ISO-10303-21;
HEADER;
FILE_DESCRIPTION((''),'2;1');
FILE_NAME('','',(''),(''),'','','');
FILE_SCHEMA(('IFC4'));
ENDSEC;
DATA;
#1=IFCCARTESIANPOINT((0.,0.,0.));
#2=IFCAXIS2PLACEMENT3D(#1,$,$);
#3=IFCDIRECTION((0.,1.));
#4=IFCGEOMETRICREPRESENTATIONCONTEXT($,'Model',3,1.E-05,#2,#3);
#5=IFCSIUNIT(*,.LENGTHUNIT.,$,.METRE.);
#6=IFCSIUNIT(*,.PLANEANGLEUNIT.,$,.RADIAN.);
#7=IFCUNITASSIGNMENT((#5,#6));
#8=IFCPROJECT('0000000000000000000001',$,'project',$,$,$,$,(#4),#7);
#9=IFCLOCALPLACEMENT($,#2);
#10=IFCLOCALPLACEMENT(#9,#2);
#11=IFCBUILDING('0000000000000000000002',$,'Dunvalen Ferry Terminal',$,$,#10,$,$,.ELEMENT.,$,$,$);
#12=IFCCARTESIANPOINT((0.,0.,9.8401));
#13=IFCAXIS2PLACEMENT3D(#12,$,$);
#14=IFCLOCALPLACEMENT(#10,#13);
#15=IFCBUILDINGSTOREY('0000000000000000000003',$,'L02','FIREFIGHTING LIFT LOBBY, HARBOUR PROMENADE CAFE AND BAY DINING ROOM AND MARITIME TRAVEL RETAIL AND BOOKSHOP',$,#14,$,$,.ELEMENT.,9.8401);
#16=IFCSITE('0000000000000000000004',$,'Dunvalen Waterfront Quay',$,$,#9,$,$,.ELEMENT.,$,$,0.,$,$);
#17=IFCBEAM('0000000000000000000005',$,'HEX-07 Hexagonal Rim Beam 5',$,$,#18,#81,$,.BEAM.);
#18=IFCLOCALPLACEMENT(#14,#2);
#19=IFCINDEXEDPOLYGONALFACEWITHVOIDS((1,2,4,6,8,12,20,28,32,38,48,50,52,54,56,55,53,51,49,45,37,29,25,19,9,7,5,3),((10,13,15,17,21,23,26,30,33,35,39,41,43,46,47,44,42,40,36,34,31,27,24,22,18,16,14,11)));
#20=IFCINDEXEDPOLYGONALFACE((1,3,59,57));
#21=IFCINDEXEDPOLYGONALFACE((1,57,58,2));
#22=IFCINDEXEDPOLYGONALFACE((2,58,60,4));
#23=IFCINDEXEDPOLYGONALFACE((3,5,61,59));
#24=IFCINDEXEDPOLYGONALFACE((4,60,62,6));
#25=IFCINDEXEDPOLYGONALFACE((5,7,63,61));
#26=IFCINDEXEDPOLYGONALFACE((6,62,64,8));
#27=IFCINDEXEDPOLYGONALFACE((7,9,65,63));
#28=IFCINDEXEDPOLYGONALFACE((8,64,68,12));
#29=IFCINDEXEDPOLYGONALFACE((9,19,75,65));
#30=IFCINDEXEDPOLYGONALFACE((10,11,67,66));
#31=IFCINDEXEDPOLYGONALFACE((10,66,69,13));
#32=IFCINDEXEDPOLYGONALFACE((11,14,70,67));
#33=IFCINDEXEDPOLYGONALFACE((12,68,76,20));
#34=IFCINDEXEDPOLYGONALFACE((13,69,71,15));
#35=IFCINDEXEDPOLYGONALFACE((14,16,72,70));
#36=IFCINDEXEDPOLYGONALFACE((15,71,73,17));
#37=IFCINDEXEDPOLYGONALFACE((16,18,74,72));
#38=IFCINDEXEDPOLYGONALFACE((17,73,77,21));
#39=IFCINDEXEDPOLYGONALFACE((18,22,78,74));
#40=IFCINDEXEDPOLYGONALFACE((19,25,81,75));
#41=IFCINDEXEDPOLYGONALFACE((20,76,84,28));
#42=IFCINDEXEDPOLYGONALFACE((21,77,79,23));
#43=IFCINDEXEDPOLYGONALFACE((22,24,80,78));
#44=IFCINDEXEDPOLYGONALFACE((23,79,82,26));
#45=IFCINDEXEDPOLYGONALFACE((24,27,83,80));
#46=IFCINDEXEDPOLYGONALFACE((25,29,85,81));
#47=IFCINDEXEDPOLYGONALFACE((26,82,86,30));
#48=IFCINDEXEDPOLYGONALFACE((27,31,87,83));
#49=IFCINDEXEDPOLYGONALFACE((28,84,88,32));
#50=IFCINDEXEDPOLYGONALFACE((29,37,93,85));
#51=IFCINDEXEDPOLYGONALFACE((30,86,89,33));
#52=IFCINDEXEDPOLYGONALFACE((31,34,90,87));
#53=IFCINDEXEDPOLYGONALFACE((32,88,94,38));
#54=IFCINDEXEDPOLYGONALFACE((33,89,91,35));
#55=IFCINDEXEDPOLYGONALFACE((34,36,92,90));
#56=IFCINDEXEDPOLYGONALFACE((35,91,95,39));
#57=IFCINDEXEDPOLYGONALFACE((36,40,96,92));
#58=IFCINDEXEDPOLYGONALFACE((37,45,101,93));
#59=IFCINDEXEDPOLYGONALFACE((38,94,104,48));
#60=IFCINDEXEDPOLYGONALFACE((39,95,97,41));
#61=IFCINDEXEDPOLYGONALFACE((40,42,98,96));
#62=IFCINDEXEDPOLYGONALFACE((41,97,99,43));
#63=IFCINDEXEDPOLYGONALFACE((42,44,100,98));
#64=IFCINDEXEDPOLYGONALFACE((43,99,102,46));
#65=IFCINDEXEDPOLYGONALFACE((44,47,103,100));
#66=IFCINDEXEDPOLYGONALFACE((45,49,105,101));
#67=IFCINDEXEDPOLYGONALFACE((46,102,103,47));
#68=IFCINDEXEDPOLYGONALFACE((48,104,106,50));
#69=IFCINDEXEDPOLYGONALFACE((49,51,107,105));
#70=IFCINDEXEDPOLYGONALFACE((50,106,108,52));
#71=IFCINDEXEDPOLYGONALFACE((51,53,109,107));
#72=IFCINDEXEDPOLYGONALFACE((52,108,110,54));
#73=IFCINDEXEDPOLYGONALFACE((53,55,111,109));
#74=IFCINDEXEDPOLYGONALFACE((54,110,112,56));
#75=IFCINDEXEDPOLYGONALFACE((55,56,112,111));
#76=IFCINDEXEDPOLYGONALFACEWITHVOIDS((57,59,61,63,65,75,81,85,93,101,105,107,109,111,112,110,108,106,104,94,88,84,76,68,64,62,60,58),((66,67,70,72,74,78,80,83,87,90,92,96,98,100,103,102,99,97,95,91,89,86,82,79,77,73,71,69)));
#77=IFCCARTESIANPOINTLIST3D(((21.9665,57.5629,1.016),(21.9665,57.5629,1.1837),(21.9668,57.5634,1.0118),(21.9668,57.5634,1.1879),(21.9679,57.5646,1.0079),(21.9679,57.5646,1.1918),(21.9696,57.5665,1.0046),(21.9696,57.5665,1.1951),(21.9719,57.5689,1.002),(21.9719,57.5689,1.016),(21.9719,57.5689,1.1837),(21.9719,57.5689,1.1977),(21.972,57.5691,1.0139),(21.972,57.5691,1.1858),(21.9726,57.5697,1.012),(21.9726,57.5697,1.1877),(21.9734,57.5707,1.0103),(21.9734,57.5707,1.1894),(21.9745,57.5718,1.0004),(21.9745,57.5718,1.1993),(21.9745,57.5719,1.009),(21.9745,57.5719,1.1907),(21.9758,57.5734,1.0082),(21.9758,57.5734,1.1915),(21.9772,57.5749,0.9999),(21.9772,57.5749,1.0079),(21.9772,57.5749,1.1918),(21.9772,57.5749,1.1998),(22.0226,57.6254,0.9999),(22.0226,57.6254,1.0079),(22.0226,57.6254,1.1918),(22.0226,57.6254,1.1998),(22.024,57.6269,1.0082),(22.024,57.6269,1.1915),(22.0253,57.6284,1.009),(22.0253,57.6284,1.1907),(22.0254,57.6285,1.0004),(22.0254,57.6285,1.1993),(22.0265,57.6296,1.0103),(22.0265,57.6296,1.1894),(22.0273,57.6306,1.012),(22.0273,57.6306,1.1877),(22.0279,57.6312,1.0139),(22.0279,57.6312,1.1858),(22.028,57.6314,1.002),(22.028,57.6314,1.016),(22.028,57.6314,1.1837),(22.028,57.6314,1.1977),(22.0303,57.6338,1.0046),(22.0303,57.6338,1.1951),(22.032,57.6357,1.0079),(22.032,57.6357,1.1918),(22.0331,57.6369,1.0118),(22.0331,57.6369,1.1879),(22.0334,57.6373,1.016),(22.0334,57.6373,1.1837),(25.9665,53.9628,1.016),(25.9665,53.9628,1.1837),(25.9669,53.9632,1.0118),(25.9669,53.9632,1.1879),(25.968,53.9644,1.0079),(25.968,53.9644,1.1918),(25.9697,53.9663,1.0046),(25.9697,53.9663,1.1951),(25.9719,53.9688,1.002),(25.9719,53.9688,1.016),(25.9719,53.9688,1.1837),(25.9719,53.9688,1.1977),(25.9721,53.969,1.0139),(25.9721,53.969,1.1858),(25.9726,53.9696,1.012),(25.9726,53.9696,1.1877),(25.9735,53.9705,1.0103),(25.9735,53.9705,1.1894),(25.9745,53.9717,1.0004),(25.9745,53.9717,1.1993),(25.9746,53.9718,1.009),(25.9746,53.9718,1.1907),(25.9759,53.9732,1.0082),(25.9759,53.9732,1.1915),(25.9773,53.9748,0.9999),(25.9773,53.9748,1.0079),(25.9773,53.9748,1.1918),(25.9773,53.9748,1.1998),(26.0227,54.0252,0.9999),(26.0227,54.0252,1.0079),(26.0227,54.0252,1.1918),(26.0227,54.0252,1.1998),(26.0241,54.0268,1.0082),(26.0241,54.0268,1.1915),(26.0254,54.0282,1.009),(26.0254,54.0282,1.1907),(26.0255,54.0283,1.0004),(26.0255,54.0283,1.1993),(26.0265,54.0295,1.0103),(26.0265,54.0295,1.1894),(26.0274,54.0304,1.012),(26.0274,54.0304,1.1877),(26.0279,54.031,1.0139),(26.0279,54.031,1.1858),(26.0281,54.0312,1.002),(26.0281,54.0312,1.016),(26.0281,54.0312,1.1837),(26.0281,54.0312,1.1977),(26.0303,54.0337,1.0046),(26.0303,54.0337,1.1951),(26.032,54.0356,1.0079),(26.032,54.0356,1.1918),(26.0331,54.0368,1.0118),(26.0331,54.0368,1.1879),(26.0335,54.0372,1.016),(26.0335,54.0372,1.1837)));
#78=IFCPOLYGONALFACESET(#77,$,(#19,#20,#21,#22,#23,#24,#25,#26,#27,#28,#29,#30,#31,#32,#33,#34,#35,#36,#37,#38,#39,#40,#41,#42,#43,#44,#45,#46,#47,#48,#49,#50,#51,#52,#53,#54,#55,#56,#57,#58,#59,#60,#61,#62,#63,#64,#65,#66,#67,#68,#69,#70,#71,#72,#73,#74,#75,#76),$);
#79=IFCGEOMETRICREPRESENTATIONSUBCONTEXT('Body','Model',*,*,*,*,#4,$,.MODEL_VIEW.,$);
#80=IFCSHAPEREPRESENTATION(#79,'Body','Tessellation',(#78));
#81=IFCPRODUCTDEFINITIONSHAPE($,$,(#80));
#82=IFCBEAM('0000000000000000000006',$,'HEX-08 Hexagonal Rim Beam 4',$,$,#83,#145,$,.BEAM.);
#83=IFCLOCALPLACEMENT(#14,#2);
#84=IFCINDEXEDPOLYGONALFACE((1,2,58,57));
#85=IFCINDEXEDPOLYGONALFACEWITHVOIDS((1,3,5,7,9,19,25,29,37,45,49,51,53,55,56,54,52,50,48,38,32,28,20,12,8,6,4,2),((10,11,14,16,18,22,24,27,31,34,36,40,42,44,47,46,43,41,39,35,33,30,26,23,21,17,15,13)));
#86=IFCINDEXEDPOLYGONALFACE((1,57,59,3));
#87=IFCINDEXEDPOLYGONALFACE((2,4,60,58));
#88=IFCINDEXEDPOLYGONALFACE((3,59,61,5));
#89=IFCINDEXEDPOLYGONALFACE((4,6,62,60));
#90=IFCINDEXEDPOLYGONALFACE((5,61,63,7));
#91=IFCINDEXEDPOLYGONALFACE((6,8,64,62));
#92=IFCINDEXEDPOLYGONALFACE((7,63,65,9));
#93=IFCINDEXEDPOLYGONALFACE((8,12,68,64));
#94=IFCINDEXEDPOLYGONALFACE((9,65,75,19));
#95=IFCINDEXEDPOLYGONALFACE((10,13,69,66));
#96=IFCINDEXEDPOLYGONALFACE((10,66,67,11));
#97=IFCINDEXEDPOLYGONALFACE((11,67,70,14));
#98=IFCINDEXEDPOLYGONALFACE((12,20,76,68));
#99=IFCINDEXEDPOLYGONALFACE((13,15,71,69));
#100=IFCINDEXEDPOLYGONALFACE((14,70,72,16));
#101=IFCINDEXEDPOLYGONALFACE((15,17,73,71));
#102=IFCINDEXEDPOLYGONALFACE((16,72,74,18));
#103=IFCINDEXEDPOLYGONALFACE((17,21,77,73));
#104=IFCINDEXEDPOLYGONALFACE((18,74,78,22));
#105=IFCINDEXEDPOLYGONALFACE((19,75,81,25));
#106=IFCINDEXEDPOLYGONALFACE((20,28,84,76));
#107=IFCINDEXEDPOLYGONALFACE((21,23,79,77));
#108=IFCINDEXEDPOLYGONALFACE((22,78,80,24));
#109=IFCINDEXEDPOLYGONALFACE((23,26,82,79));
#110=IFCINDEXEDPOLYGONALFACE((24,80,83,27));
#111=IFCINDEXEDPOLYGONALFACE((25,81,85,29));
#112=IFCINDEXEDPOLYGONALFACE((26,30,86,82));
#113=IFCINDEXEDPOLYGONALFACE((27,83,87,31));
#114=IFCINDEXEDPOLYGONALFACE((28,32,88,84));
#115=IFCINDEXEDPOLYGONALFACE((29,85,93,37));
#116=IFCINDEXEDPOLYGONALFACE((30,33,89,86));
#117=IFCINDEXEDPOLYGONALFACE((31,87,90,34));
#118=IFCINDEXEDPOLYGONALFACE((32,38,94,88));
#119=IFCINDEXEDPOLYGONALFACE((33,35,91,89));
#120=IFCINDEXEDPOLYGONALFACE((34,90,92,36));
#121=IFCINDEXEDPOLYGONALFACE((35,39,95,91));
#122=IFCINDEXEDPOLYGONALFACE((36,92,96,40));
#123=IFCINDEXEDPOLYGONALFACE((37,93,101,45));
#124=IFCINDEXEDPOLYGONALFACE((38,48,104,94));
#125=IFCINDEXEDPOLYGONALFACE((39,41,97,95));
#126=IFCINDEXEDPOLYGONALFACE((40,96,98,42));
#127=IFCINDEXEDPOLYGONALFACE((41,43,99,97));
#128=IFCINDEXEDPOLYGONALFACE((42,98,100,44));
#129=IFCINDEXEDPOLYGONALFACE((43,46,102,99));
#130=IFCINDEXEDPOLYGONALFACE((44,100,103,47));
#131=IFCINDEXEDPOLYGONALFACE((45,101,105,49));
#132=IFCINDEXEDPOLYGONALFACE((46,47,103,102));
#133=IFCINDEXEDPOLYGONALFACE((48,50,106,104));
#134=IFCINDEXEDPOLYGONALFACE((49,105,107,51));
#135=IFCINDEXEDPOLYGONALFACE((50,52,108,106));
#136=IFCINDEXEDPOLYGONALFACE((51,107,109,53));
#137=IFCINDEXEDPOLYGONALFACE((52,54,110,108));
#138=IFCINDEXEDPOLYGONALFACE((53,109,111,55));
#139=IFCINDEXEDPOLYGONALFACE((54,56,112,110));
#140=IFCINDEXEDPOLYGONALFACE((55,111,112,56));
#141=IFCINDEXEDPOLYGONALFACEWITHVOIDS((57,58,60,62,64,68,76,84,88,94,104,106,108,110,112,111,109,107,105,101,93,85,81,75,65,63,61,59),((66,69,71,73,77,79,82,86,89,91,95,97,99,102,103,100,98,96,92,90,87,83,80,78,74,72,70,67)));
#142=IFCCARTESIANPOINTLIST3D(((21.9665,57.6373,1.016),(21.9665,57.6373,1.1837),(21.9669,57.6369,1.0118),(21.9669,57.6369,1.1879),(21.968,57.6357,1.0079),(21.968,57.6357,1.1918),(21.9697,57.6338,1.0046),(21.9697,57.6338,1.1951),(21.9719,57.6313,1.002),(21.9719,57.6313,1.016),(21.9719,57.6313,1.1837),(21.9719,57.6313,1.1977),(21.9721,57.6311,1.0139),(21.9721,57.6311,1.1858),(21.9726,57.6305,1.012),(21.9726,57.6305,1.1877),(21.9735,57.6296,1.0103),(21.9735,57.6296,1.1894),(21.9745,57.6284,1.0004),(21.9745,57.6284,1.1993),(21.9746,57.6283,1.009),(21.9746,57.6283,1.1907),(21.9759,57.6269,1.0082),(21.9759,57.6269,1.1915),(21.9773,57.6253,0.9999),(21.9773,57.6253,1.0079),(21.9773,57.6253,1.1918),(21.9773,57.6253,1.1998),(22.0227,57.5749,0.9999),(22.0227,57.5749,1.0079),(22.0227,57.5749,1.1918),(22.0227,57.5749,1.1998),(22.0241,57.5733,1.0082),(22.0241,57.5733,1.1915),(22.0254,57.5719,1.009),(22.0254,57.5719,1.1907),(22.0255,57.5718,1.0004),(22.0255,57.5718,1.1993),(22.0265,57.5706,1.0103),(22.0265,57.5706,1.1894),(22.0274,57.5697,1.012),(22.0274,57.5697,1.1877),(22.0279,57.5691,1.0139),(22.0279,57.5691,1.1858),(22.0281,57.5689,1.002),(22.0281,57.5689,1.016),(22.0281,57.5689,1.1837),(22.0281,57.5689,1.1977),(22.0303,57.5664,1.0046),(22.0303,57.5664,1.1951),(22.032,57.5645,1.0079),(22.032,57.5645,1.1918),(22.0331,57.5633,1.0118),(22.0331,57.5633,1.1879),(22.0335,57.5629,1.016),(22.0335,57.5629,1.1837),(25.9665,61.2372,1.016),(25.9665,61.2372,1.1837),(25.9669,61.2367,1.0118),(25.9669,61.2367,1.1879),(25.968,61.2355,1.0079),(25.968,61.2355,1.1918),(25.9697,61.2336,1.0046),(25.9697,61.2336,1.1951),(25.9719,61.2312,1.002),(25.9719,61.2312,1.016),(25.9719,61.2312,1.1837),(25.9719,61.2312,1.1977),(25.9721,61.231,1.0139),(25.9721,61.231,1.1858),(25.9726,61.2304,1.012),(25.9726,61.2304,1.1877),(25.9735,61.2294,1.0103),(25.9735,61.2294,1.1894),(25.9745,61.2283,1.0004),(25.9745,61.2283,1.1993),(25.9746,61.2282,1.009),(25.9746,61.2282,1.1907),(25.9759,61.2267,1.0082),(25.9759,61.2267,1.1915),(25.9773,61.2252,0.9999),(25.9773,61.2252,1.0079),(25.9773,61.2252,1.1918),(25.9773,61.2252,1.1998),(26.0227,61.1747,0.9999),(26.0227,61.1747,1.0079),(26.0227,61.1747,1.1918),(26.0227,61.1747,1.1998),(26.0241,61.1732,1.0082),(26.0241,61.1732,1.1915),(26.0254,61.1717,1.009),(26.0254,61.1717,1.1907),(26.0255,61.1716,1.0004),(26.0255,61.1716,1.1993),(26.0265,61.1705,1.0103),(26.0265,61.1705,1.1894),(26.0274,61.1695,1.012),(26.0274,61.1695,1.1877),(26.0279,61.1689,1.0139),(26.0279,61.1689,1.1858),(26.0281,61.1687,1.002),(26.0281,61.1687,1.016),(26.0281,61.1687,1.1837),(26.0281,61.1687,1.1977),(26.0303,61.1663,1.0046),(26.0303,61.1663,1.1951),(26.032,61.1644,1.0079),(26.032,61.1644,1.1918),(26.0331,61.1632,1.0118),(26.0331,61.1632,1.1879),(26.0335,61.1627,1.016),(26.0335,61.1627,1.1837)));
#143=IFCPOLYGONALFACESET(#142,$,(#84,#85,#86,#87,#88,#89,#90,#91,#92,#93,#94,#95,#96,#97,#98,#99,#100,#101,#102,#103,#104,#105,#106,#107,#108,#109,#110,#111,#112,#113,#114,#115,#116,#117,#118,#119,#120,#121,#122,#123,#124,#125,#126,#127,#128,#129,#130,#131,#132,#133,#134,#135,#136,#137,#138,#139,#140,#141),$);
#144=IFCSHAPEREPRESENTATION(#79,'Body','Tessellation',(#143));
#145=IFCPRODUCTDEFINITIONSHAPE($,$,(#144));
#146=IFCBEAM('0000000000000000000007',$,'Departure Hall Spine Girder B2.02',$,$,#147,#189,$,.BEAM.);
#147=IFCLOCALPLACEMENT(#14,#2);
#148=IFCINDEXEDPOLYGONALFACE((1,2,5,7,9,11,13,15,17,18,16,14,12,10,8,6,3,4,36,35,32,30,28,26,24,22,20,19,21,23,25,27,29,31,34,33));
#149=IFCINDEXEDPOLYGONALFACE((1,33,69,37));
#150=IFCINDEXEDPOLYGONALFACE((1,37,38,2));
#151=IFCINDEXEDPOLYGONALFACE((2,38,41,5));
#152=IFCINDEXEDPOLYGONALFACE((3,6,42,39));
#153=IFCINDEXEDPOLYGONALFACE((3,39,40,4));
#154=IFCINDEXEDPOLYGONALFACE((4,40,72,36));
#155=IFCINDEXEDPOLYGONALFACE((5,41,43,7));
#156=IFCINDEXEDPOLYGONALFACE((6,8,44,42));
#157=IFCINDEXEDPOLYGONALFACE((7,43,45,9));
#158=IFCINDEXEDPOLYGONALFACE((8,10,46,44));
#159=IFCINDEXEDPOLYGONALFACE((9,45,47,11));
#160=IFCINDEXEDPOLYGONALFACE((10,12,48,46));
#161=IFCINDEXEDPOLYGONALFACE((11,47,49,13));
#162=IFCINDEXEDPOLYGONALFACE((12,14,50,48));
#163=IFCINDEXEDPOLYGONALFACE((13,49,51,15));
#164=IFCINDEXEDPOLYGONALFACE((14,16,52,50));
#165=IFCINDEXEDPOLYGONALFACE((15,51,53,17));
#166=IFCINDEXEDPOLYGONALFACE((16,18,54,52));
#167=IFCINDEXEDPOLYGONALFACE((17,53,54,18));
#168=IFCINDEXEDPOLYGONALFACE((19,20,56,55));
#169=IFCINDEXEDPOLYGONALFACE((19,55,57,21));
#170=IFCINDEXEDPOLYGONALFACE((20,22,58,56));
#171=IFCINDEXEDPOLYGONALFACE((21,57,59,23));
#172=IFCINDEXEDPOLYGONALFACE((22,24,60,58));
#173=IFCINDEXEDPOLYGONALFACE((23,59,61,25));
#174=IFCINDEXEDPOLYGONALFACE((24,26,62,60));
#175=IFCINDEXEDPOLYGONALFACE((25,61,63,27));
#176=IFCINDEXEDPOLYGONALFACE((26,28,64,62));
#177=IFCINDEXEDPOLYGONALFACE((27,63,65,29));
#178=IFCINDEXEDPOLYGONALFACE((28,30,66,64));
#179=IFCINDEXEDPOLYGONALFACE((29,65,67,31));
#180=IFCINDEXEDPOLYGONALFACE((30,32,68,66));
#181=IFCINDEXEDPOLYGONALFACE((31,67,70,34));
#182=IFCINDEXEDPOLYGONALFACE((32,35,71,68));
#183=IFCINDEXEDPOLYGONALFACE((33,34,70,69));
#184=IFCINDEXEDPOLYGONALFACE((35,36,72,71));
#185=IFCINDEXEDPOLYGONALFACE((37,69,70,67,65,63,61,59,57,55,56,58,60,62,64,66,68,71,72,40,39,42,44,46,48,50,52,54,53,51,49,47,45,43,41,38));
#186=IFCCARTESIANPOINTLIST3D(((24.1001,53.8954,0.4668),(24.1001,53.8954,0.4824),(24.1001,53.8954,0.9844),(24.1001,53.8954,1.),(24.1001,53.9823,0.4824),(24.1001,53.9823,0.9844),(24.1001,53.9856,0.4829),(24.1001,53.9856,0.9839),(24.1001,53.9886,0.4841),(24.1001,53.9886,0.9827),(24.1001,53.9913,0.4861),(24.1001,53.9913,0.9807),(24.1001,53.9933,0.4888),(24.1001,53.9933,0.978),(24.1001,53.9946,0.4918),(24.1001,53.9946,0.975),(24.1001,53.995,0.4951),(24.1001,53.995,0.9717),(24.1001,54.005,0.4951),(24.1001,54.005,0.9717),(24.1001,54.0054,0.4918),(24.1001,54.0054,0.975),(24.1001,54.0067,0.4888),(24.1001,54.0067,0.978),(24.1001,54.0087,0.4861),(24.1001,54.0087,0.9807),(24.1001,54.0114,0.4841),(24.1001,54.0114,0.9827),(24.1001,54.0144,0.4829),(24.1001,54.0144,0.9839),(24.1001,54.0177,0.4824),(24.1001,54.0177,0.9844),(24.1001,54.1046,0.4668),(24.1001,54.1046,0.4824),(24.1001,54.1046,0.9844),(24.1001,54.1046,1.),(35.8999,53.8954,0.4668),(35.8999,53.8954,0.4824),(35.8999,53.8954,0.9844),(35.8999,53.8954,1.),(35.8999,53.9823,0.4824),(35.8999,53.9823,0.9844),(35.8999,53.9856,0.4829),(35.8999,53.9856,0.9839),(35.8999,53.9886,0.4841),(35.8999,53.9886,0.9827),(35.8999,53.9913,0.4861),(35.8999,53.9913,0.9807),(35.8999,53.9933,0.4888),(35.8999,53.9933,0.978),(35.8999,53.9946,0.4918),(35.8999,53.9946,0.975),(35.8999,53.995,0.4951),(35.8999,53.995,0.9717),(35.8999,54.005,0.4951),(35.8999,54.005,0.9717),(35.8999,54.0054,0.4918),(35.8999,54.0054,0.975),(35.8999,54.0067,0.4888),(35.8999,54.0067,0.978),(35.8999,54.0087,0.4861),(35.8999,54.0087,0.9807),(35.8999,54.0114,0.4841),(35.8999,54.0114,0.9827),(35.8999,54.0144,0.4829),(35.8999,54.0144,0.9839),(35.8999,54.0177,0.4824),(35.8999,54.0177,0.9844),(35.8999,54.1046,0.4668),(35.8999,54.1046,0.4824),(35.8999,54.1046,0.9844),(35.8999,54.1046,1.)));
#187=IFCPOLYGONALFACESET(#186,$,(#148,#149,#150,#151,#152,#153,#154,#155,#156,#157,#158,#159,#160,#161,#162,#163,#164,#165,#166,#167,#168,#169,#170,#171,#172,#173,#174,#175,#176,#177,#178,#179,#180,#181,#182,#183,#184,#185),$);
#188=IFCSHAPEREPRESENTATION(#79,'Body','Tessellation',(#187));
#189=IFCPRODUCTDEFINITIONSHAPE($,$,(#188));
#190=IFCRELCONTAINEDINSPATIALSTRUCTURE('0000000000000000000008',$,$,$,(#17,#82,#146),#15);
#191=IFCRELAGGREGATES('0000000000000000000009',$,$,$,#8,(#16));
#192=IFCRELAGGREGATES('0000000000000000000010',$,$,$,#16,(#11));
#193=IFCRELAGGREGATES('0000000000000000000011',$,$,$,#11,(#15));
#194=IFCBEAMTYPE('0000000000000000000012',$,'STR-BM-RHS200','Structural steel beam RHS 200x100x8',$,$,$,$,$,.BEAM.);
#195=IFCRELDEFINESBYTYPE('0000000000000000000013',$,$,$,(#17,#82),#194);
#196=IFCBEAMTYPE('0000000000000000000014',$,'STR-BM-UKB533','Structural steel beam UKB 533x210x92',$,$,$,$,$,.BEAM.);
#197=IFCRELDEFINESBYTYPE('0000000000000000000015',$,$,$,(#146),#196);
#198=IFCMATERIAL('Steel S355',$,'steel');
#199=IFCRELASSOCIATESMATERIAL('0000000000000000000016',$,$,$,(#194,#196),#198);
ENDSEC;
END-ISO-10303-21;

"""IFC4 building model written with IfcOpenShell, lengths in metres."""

from ifc_helpers import new_model, si_unit, direction, frame, origin, origin_2d, place, context, subcontext, project, spatial, hollow_rectangle, i_section, extrude, material, material_profile, profile_set, type_object, element, save


model = new_model("IFC4")

# Units and contexts
model_context = context("Model", 3, precision=1e-05, world=origin(), true_north=direction((0.0, 1.0)))
body_context = subcontext(model_context, "Body", "Model", "MODEL_VIEW")
ifc_project = project(units=[si_unit("LENGTHUNIT", "METRE"), si_unit("PLANEANGLEUNIT", "RADIAN")], contexts=[model_context])

# Site, building, storey
site_placement = place(None, origin())
site = spatial("IfcSite", under=ifc_project, at=site_placement, Name="Dunvalen Waterfront Quay", CompositionType="ELEMENT", RefElevation=0.0)
building_placement = place(site_placement, origin())
building = spatial("IfcBuilding", under=site, at=building_placement, Name="Dunvalen Ferry Terminal", CompositionType="ELEMENT")
storey_placement = place(building_placement, frame((0.0, 0.0, 9.8401)))
storey = spatial("IfcBuildingStorey", under=building, at=storey_placement, Name="L02", Description="FIREFIGHTING LIFT LOBBY, HARBOUR PROMENADE CAFE AND BAY DINING ROOM AND MARITIME TRAVEL RETAIL AND BOOKSHOP", CompositionType="ELEMENT", Elevation=9.8401)

# Beams
ifc_material_1 = material(Name="Steel S355", Category="steel")
ifc_material_profile_1 = material_profile(ifc_material_1, hollow_rectangle(XDim=0.1001, YDim=0.2, WallThickness=0.0081, InnerFilletRadius=0.0081, OuterFilletRadius=0.0161, at=origin_2d()), Name="Steel S355")
ifc_profile_set_1 = profile_set([ifc_material_profile_1], Name="Steel S355")
beam_type_1 = type_object("IfcBeamType", Name="STR-BM-RHS200", Description="Structural steel beam RHS 200x100x8", PredefinedType="BEAM", material=ifc_profile_set_1)
beam_1_placement = place(storey_placement, frame((26.0, 54.0, 1.0999), z_axis=(-0.743285, 0.668975, 0.0), x_axis=(-0.668975, -0.743285, 0.0)))
element("IfcBeam", 1, at=beam_1_placement, inside=storey, type_object=beam_type_1, Name="HEX-07 Hexagonal Rim Beam 5", PredefinedType="BEAM", context=body_context, shape_type="SweptSolid", body=[
    extrude(hollow_rectangle(XDim=0.1001, YDim=0.2, WallThickness=0.0081, InnerFilletRadius=0.0081, OuterFilletRadius=0.0161, at=origin_2d()), origin(), (0.0, 0.0, 1.0), 5.3816),
])
beam_2_placement = place(storey_placement, frame((22.0, 57.6001, 1.0999), z_axis=(0.743308, 0.66895, 0.0), x_axis=(-0.66895, 0.743308, 0.0)))
element("IfcBeam", 2, at=beam_2_placement, inside=storey, type_object=beam_type_1, Name="HEX-08 Hexagonal Rim Beam 4", PredefinedType="BEAM", context=body_context, shape_type="SweptSolid", body=[
    extrude(hollow_rectangle(XDim=0.1001, YDim=0.2, WallThickness=0.0081, InnerFilletRadius=0.0081, OuterFilletRadius=0.0161, at=origin_2d()), origin(), (0.0, 0.0, 1.0), 5.3813),
])
ifc_material_profile_2 = material_profile(ifc_material_1, i_section(OverallWidth=0.2092, OverallDepth=0.5332, WebThickness=0.01, FlangeThickness=0.0156, FilletRadius=0.0127, at=origin_2d()), Name="Steel S355")
ifc_profile_set_2 = profile_set([ifc_material_profile_2], Name="Steel S355")
beam_type_2 = type_object("IfcBeamType", Name="STR-BM-UKB533", Description="Structural steel beam UKB 533x210x92", PredefinedType="BEAM", material=ifc_profile_set_2)
beam_3_placement = place(storey_placement, frame((24.1001, 54.0, 0.7334), z_axis=(1.0, 0.0, 0.0), x_axis=(0.0, 1.0, 0.0)))
element("IfcBeam", 3, at=beam_3_placement, inside=storey, type_object=beam_type_2, Name="Departure Hall Spine Girder B2.02", PredefinedType="BEAM", context=body_context, shape_type="SweptSolid", body=[
    extrude(i_section(OverallWidth=0.2092, OverallDepth=0.5332, WebThickness=0.01, FlangeThickness=0.0156, FilletRadius=0.0127, at=origin_2d()), origin(), (0.0, 0.0, 1.0), 11.7998),
])

save(model, "model.ifc")
